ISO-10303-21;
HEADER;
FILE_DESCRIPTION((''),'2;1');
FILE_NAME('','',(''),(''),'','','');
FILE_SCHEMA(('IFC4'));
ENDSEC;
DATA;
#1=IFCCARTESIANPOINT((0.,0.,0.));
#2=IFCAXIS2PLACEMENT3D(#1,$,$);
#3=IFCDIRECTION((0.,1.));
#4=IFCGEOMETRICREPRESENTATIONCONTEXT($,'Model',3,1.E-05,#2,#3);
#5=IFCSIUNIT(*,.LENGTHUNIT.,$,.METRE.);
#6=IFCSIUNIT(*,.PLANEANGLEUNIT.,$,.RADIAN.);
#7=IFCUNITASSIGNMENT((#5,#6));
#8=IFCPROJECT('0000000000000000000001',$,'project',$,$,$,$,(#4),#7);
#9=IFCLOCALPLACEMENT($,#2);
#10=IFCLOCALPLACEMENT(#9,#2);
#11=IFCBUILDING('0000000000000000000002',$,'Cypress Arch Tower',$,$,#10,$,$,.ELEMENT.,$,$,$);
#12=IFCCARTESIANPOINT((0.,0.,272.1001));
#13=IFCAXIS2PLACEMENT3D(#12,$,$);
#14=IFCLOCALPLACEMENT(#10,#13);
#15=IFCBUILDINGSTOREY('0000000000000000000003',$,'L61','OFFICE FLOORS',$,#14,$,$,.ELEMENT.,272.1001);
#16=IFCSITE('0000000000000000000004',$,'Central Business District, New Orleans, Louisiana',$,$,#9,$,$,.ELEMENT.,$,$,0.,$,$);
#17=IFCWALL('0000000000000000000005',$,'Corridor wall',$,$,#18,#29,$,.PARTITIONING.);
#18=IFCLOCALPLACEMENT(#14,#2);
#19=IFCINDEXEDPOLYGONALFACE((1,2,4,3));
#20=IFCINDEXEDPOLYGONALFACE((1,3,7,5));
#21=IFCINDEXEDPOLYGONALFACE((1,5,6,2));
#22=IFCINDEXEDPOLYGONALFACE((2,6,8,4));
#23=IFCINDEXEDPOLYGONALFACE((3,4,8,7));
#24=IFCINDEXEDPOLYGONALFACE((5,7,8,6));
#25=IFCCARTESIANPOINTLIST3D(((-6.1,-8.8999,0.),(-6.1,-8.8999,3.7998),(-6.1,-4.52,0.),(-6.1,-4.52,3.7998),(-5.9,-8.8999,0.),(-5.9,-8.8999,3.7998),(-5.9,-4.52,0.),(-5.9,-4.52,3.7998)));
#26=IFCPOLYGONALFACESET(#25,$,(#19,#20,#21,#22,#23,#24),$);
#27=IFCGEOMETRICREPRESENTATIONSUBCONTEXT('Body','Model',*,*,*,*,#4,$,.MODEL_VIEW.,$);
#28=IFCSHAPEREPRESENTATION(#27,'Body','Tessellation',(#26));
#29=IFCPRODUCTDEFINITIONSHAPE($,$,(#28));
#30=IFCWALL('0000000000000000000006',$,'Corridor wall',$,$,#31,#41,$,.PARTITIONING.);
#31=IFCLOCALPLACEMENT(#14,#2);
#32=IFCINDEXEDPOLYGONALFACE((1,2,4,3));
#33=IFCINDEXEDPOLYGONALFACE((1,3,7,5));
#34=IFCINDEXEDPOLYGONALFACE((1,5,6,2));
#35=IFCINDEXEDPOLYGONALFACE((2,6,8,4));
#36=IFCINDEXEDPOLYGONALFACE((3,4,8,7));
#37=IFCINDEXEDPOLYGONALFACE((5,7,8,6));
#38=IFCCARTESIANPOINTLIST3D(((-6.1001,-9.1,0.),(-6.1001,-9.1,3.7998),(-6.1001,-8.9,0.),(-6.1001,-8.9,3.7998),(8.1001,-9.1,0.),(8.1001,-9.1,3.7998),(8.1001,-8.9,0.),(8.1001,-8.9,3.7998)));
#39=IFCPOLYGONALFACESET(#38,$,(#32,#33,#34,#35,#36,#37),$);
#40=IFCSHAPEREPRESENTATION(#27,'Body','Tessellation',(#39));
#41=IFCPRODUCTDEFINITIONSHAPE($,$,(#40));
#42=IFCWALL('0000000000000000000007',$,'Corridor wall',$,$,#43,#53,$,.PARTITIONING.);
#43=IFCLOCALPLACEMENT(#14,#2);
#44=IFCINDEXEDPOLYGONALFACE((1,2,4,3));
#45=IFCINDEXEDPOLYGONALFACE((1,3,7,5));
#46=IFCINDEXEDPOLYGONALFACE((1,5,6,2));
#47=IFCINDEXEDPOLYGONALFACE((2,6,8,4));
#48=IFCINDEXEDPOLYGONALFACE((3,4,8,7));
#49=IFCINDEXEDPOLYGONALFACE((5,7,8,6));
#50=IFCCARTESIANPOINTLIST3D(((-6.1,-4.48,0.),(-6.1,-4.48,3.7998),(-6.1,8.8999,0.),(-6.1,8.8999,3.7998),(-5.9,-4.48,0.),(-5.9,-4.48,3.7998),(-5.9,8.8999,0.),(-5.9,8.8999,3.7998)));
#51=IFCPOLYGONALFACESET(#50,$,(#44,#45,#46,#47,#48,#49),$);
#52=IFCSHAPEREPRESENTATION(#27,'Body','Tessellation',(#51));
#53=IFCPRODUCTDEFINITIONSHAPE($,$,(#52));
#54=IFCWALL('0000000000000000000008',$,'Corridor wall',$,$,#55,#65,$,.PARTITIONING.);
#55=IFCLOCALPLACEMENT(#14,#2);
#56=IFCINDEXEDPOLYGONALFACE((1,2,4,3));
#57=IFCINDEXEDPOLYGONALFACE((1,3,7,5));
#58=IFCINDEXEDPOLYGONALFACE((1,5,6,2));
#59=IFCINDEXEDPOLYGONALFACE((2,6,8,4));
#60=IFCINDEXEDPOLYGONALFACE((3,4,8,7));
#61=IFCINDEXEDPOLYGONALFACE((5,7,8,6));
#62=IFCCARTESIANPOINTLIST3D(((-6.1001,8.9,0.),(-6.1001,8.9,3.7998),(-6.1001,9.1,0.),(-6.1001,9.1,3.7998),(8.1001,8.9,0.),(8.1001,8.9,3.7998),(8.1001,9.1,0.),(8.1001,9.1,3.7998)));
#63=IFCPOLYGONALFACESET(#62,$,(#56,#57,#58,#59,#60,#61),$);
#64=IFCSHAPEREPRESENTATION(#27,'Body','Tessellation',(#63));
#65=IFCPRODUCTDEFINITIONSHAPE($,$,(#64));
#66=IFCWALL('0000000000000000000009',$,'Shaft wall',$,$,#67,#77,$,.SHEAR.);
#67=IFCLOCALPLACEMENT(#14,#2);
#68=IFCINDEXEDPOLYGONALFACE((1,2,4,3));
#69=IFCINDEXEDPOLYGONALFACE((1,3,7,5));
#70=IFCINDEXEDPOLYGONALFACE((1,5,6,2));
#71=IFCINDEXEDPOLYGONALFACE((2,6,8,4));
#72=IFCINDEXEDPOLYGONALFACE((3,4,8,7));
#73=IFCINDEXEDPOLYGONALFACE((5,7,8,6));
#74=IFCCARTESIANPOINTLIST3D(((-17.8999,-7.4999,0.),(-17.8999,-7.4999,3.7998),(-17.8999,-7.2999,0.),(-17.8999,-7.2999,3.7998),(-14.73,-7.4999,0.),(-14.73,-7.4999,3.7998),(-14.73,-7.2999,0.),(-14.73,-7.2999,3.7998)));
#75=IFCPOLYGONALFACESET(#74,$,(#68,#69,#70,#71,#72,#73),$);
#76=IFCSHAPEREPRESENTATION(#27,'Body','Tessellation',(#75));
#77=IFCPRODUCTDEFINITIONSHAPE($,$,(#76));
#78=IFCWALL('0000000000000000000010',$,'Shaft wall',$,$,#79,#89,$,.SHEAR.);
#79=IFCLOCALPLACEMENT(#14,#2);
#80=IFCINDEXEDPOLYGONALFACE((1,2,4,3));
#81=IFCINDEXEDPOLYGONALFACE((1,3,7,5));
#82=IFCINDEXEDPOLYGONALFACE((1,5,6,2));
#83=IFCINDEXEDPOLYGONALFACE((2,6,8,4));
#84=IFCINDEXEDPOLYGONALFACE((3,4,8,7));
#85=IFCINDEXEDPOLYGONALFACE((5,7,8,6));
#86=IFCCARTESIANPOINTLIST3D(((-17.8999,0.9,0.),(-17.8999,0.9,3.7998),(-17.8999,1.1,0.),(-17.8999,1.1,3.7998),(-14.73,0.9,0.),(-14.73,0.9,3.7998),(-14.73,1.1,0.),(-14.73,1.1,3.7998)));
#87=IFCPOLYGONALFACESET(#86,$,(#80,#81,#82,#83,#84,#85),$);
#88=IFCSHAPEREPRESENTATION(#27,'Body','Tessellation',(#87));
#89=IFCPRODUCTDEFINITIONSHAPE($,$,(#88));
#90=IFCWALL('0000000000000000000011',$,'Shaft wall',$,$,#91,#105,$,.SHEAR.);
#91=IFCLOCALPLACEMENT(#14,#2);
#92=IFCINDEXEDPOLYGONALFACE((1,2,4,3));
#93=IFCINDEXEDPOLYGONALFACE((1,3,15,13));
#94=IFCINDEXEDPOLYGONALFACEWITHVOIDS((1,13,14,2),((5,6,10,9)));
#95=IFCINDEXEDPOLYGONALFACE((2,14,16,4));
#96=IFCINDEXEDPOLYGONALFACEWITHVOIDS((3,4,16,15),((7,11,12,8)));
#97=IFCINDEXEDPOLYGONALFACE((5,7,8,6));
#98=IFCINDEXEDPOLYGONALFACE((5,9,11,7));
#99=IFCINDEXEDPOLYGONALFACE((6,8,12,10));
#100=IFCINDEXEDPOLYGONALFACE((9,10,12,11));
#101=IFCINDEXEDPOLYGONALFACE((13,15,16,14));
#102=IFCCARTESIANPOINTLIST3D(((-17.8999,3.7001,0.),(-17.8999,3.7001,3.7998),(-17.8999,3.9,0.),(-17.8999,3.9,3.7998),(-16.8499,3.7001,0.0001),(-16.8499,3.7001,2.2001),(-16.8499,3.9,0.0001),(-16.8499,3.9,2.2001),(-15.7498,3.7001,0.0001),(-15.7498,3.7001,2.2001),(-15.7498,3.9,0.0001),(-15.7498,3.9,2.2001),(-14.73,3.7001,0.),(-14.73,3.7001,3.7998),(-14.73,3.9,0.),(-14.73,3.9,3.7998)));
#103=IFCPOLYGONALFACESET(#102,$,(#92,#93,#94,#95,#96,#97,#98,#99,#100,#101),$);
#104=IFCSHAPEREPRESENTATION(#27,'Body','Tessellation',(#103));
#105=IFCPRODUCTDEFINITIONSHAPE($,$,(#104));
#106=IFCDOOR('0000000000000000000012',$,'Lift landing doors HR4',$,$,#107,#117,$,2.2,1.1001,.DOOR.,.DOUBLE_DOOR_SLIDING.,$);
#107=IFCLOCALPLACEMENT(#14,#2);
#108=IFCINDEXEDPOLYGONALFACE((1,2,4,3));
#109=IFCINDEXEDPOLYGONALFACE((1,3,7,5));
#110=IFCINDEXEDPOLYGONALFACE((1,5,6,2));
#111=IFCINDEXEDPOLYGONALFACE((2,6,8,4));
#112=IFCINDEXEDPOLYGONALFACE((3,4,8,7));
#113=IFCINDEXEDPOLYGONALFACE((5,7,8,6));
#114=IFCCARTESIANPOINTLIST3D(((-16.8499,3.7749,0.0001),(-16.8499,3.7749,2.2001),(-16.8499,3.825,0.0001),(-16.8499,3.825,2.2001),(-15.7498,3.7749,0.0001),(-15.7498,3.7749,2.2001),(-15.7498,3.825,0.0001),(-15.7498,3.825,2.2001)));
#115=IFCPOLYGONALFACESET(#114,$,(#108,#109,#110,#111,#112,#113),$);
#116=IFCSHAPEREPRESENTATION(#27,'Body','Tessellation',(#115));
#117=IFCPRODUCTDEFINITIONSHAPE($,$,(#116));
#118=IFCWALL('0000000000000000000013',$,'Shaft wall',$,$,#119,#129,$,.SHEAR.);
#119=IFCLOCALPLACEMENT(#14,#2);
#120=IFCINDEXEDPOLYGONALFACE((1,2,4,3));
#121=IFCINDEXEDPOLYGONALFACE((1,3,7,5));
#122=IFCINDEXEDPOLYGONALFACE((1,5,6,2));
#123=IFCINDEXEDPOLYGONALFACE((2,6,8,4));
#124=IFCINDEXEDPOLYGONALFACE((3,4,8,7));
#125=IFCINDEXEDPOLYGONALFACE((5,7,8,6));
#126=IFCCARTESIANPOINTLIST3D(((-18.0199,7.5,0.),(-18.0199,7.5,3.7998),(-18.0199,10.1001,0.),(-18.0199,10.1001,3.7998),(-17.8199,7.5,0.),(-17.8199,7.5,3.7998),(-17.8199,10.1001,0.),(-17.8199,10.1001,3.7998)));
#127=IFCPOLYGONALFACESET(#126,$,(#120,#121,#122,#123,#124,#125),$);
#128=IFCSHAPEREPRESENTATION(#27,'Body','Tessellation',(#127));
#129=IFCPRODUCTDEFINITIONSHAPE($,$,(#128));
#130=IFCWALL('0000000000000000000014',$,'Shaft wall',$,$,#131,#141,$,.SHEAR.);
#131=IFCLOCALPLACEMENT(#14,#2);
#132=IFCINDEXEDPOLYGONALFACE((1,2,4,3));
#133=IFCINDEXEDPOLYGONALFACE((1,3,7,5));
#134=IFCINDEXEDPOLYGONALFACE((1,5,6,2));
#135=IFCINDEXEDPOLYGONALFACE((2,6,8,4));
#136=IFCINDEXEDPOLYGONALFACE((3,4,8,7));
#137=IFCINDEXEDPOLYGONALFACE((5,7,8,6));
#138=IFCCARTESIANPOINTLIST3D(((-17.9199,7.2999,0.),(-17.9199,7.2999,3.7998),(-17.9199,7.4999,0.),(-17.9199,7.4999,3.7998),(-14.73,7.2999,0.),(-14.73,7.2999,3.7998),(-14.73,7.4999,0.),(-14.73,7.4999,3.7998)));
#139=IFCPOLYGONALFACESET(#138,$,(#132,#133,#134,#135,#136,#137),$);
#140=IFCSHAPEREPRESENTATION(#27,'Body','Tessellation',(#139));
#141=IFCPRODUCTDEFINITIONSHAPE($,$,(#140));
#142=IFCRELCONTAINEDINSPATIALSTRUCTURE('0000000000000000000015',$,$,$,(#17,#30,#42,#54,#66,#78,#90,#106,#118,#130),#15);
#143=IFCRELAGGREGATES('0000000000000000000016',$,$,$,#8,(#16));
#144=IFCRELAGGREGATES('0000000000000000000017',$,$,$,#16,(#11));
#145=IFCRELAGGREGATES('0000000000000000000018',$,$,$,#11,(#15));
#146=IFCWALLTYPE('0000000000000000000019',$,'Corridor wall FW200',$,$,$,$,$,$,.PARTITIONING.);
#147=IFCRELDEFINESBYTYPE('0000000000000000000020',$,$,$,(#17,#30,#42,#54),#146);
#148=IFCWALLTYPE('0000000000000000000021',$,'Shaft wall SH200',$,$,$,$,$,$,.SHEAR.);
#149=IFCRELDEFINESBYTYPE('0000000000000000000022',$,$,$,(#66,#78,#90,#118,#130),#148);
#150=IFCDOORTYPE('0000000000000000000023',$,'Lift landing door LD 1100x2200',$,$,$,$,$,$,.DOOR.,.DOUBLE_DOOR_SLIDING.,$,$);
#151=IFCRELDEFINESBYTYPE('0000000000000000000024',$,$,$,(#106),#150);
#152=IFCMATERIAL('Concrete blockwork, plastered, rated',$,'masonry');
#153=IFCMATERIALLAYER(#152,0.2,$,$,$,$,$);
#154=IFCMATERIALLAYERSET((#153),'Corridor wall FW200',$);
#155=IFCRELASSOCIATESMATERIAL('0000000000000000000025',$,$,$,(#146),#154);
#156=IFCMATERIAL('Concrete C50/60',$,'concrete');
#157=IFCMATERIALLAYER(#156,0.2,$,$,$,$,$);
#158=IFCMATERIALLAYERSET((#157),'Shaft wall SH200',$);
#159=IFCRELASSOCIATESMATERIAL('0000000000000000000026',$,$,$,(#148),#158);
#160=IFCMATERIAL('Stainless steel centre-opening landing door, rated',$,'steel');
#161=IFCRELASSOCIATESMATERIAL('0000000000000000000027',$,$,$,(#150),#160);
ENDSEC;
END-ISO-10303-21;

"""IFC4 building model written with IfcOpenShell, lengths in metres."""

from ifc_helpers import new_model, si_unit, direction, frame, frame_2d, origin, place, context, subcontext, project, spatial, rectangle, extrude, material, layer, layer_set, type_object, element, fill, save


model = new_model("IFC4")

# Units and contexts
model_context = context("Model", 3, precision=1e-05, world=origin(), true_north=direction((0.0, 1.0)))
body_context = subcontext(model_context, "Body", "Model", "MODEL_VIEW")
ifc_project = project(units=[si_unit("LENGTHUNIT", "METRE"), si_unit("PLANEANGLEUNIT", "RADIAN")], contexts=[model_context])

# Site, building, storey
site_placement = place(None, origin())
site = spatial("IfcSite", under=ifc_project, at=site_placement, Name="Central Business District, New Orleans, Louisiana", CompositionType="ELEMENT", RefElevation=0.0)
building_placement = place(site_placement, origin())
building = spatial("IfcBuilding", under=site, at=building_placement, Name="Cypress Arch Tower", CompositionType="ELEMENT")
storey_placement = place(building_placement, frame((0.0, 0.0, 272.1001)))
storey = spatial("IfcBuildingStorey", under=building, at=storey_placement, Name="L61", Description="OFFICE FLOORS", CompositionType="ELEMENT", Elevation=272.1001)

# Walls
ifc_material_1 = material(Name="Concrete blockwork, plastered, rated", Category="masonry")
ifc_layer_1 = layer(ifc_material_1, 0.2)
ifc_layer_set_1 = layer_set([ifc_layer_1], Name="Corridor wall FW200")
wall_type_1 = type_object("IfcWallType", Name="Corridor wall FW200", PredefinedType="PARTITIONING", material=ifc_layer_set_1)
wall_1_placement = place(storey_placement, frame((-6.0, -8.8999, 0.0), z_axis=(0.0, 0.0, 1.0), x_axis=(0.0, 1.0, 0.0)))
element("IfcWall", 1, at=wall_1_placement, inside=storey, type_object=wall_type_1, Name="Corridor wall", PredefinedType="PARTITIONING", context=body_context, shape_type="SweptSolid", body=[
    extrude(rectangle(XDim=4.3799, YDim=0.2, at=frame_2d((2.1899, 0.0))), origin(), (0.0, 0.0, 1.0), 3.7998),
])
wall_2_placement = place(storey_placement, frame((-6.1001, -9.0, 0.0), z_axis=(0.0, 0.0, 1.0), x_axis=(1.0, 0.0, 0.0)))
element("IfcWall", 2, at=wall_2_placement, inside=storey, type_object=wall_type_1, Name="Corridor wall", PredefinedType="PARTITIONING", context=body_context, shape_type="SweptSolid", body=[
    extrude(rectangle(XDim=14.2002, YDim=0.2, at=frame_2d((7.1001, 0.0))), origin(), (0.0, 0.0, 1.0), 3.7998),
])
wall_3_placement = place(storey_placement, frame((-6.0, -4.48, 0.0), z_axis=(0.0, 0.0, 1.0), x_axis=(0.0, 1.0, 0.0)))
element("IfcWall", 3, at=wall_3_placement, inside=storey, type_object=wall_type_1, Name="Corridor wall", PredefinedType="PARTITIONING", context=body_context, shape_type="SweptSolid", body=[
    extrude(rectangle(XDim=13.3799, YDim=0.2, at=frame_2d((6.6899, 0.0))), origin(), (0.0, 0.0, 1.0), 3.7998),
])
wall_4_placement = place(storey_placement, frame((-6.1001, 9.0, 0.0), z_axis=(0.0, 0.0, 1.0), x_axis=(1.0, 0.0, 0.0)))
element("IfcWall", 4, at=wall_4_placement, inside=storey, type_object=wall_type_1, Name="Corridor wall", PredefinedType="PARTITIONING", context=body_context, shape_type="SweptSolid", body=[
    extrude(rectangle(XDim=14.2002, YDim=0.2, at=frame_2d((7.1001, 0.0))), origin(), (0.0, 0.0, 1.0), 3.7998),
])
ifc_material_2 = material(Name="Concrete C50/60", Category="concrete")
ifc_layer_2 = layer(ifc_material_2, 0.2)
ifc_layer_set_2 = layer_set([ifc_layer_2], Name="Shaft wall SH200")
wall_type_2 = type_object("IfcWallType", Name="Shaft wall SH200", PredefinedType="SHEAR", material=ifc_layer_set_2)
for number, where, z_axis, x_axis, name in (
    (5, (-17.8999, -7.3999, 0.0), (0.0, 0.0, 1.0), (1.0, 0.0, 0.0), "Shaft wall"),
    (6, (-17.8999, 1.0, 0.0), (0.0, 0.0, 1.0), (1.0, 0.0, 0.0), "Shaft wall"),
):
    element("IfcWall", number, at=place(storey_placement, frame(where, z_axis=z_axis, x_axis=x_axis)), inside=storey, type_object=wall_type_2, Name=name, PredefinedType="SHEAR", context=body_context, shape_type="SweptSolid", body=[
        extrude(rectangle(XDim=3.1699, YDim=0.2, at=frame_2d((1.585, 0.0))), origin(), (0.0, 0.0, 1.0), 3.7998),
    ])

# Wall, opening, door
wall_5_placement = place(storey_placement, frame((-17.8999, 3.8, 0.0), z_axis=(0.0, 0.0, 1.0), x_axis=(1.0, 0.0, 0.0)))
wall_5 = element("IfcWall", 7, at=wall_5_placement, inside=storey, type_object=wall_type_2, Name="Shaft wall", PredefinedType="SHEAR", context=body_context, shape_type="SweptSolid", body=[
    extrude(rectangle(XDim=3.1699, YDim=0.2, at=frame_2d((1.585, 0.0))), origin(), (0.0, 0.0, 1.0), 3.7998),
])
opening_placement = place(wall_5_placement, frame((1.05, 0.0, 0.0)))
opening = element("IfcOpeningElement", 8, at=opening_placement, cuts=wall_5, PredefinedType="OPENING", context=body_context, shape_type="SweptSolid", body=[
    extrude(rectangle(XDim=1.1001, YDim=2.2, at=frame_2d((0.55, 1.1001))), frame((0.0, 0.1099, 0.0), z_axis=(0.0, -1.0, 0.0), x_axis=(1.0, 0.0, 0.0)), (0.0, 0.0, 1.0), 0.22),
])
ifc_material_3 = material(Name="Stainless steel centre-opening landing door, rated", Category="steel")
door_type = type_object("IfcDoorType", Name="Lift landing door LD 1100x2200", OperationType="DOUBLE_DOOR_SLIDING", PredefinedType="DOOR", material=ifc_material_3)
door_placement = place(opening_placement, origin())
door = element("IfcDoor", 9, at=door_placement, inside=storey, type_object=door_type, Name="Lift landing doors HR4", OperationType="DOUBLE_DOOR_SLIDING", OverallHeight=2.2, OverallWidth=1.1001, PredefinedType="DOOR", context=body_context, shape_type="SweptSolid", body=[
    extrude(rectangle(XDim=1.1001, YDim=2.2, at=frame_2d((0.55, 1.1001))), frame((0.0, 0.0249, 0.0), z_axis=(0.0, -1.0, 0.0), x_axis=(1.0, 0.0, 0.0)), (0.0, 0.0, 1.0), 0.05),
])
fill(opening, door)

# Walls
wall_6_placement = place(storey_placement, frame((-17.9199, 7.5, 0.0), z_axis=(0.0, 0.0, 1.0), x_axis=(0.0, 1.0, 0.0)))
element("IfcWall", 10, at=wall_6_placement, inside=storey, type_object=wall_type_2, Name="Shaft wall", PredefinedType="SHEAR", context=body_context, shape_type="SweptSolid", body=[
    extrude(rectangle(XDim=2.6001, YDim=0.2, at=frame_2d((1.3, 0.0))), origin(), (0.0, 0.0, 1.0), 3.7998),
])
wall_7_placement = place(storey_placement, frame((-17.9199, 7.3999, 0.0), z_axis=(0.0, 0.0, 1.0), x_axis=(1.0, 0.0, 0.0)))
element("IfcWall", 11, at=wall_7_placement, inside=storey, type_object=wall_type_2, Name="Shaft wall", PredefinedType="SHEAR", context=body_context, shape_type="SweptSolid", body=[
    extrude(rectangle(XDim=3.1899, YDim=0.2, at=frame_2d((1.595, 0.0))), origin(), (0.0, 0.0, 1.0), 3.7998),
])

save(model, "model.ifc")
